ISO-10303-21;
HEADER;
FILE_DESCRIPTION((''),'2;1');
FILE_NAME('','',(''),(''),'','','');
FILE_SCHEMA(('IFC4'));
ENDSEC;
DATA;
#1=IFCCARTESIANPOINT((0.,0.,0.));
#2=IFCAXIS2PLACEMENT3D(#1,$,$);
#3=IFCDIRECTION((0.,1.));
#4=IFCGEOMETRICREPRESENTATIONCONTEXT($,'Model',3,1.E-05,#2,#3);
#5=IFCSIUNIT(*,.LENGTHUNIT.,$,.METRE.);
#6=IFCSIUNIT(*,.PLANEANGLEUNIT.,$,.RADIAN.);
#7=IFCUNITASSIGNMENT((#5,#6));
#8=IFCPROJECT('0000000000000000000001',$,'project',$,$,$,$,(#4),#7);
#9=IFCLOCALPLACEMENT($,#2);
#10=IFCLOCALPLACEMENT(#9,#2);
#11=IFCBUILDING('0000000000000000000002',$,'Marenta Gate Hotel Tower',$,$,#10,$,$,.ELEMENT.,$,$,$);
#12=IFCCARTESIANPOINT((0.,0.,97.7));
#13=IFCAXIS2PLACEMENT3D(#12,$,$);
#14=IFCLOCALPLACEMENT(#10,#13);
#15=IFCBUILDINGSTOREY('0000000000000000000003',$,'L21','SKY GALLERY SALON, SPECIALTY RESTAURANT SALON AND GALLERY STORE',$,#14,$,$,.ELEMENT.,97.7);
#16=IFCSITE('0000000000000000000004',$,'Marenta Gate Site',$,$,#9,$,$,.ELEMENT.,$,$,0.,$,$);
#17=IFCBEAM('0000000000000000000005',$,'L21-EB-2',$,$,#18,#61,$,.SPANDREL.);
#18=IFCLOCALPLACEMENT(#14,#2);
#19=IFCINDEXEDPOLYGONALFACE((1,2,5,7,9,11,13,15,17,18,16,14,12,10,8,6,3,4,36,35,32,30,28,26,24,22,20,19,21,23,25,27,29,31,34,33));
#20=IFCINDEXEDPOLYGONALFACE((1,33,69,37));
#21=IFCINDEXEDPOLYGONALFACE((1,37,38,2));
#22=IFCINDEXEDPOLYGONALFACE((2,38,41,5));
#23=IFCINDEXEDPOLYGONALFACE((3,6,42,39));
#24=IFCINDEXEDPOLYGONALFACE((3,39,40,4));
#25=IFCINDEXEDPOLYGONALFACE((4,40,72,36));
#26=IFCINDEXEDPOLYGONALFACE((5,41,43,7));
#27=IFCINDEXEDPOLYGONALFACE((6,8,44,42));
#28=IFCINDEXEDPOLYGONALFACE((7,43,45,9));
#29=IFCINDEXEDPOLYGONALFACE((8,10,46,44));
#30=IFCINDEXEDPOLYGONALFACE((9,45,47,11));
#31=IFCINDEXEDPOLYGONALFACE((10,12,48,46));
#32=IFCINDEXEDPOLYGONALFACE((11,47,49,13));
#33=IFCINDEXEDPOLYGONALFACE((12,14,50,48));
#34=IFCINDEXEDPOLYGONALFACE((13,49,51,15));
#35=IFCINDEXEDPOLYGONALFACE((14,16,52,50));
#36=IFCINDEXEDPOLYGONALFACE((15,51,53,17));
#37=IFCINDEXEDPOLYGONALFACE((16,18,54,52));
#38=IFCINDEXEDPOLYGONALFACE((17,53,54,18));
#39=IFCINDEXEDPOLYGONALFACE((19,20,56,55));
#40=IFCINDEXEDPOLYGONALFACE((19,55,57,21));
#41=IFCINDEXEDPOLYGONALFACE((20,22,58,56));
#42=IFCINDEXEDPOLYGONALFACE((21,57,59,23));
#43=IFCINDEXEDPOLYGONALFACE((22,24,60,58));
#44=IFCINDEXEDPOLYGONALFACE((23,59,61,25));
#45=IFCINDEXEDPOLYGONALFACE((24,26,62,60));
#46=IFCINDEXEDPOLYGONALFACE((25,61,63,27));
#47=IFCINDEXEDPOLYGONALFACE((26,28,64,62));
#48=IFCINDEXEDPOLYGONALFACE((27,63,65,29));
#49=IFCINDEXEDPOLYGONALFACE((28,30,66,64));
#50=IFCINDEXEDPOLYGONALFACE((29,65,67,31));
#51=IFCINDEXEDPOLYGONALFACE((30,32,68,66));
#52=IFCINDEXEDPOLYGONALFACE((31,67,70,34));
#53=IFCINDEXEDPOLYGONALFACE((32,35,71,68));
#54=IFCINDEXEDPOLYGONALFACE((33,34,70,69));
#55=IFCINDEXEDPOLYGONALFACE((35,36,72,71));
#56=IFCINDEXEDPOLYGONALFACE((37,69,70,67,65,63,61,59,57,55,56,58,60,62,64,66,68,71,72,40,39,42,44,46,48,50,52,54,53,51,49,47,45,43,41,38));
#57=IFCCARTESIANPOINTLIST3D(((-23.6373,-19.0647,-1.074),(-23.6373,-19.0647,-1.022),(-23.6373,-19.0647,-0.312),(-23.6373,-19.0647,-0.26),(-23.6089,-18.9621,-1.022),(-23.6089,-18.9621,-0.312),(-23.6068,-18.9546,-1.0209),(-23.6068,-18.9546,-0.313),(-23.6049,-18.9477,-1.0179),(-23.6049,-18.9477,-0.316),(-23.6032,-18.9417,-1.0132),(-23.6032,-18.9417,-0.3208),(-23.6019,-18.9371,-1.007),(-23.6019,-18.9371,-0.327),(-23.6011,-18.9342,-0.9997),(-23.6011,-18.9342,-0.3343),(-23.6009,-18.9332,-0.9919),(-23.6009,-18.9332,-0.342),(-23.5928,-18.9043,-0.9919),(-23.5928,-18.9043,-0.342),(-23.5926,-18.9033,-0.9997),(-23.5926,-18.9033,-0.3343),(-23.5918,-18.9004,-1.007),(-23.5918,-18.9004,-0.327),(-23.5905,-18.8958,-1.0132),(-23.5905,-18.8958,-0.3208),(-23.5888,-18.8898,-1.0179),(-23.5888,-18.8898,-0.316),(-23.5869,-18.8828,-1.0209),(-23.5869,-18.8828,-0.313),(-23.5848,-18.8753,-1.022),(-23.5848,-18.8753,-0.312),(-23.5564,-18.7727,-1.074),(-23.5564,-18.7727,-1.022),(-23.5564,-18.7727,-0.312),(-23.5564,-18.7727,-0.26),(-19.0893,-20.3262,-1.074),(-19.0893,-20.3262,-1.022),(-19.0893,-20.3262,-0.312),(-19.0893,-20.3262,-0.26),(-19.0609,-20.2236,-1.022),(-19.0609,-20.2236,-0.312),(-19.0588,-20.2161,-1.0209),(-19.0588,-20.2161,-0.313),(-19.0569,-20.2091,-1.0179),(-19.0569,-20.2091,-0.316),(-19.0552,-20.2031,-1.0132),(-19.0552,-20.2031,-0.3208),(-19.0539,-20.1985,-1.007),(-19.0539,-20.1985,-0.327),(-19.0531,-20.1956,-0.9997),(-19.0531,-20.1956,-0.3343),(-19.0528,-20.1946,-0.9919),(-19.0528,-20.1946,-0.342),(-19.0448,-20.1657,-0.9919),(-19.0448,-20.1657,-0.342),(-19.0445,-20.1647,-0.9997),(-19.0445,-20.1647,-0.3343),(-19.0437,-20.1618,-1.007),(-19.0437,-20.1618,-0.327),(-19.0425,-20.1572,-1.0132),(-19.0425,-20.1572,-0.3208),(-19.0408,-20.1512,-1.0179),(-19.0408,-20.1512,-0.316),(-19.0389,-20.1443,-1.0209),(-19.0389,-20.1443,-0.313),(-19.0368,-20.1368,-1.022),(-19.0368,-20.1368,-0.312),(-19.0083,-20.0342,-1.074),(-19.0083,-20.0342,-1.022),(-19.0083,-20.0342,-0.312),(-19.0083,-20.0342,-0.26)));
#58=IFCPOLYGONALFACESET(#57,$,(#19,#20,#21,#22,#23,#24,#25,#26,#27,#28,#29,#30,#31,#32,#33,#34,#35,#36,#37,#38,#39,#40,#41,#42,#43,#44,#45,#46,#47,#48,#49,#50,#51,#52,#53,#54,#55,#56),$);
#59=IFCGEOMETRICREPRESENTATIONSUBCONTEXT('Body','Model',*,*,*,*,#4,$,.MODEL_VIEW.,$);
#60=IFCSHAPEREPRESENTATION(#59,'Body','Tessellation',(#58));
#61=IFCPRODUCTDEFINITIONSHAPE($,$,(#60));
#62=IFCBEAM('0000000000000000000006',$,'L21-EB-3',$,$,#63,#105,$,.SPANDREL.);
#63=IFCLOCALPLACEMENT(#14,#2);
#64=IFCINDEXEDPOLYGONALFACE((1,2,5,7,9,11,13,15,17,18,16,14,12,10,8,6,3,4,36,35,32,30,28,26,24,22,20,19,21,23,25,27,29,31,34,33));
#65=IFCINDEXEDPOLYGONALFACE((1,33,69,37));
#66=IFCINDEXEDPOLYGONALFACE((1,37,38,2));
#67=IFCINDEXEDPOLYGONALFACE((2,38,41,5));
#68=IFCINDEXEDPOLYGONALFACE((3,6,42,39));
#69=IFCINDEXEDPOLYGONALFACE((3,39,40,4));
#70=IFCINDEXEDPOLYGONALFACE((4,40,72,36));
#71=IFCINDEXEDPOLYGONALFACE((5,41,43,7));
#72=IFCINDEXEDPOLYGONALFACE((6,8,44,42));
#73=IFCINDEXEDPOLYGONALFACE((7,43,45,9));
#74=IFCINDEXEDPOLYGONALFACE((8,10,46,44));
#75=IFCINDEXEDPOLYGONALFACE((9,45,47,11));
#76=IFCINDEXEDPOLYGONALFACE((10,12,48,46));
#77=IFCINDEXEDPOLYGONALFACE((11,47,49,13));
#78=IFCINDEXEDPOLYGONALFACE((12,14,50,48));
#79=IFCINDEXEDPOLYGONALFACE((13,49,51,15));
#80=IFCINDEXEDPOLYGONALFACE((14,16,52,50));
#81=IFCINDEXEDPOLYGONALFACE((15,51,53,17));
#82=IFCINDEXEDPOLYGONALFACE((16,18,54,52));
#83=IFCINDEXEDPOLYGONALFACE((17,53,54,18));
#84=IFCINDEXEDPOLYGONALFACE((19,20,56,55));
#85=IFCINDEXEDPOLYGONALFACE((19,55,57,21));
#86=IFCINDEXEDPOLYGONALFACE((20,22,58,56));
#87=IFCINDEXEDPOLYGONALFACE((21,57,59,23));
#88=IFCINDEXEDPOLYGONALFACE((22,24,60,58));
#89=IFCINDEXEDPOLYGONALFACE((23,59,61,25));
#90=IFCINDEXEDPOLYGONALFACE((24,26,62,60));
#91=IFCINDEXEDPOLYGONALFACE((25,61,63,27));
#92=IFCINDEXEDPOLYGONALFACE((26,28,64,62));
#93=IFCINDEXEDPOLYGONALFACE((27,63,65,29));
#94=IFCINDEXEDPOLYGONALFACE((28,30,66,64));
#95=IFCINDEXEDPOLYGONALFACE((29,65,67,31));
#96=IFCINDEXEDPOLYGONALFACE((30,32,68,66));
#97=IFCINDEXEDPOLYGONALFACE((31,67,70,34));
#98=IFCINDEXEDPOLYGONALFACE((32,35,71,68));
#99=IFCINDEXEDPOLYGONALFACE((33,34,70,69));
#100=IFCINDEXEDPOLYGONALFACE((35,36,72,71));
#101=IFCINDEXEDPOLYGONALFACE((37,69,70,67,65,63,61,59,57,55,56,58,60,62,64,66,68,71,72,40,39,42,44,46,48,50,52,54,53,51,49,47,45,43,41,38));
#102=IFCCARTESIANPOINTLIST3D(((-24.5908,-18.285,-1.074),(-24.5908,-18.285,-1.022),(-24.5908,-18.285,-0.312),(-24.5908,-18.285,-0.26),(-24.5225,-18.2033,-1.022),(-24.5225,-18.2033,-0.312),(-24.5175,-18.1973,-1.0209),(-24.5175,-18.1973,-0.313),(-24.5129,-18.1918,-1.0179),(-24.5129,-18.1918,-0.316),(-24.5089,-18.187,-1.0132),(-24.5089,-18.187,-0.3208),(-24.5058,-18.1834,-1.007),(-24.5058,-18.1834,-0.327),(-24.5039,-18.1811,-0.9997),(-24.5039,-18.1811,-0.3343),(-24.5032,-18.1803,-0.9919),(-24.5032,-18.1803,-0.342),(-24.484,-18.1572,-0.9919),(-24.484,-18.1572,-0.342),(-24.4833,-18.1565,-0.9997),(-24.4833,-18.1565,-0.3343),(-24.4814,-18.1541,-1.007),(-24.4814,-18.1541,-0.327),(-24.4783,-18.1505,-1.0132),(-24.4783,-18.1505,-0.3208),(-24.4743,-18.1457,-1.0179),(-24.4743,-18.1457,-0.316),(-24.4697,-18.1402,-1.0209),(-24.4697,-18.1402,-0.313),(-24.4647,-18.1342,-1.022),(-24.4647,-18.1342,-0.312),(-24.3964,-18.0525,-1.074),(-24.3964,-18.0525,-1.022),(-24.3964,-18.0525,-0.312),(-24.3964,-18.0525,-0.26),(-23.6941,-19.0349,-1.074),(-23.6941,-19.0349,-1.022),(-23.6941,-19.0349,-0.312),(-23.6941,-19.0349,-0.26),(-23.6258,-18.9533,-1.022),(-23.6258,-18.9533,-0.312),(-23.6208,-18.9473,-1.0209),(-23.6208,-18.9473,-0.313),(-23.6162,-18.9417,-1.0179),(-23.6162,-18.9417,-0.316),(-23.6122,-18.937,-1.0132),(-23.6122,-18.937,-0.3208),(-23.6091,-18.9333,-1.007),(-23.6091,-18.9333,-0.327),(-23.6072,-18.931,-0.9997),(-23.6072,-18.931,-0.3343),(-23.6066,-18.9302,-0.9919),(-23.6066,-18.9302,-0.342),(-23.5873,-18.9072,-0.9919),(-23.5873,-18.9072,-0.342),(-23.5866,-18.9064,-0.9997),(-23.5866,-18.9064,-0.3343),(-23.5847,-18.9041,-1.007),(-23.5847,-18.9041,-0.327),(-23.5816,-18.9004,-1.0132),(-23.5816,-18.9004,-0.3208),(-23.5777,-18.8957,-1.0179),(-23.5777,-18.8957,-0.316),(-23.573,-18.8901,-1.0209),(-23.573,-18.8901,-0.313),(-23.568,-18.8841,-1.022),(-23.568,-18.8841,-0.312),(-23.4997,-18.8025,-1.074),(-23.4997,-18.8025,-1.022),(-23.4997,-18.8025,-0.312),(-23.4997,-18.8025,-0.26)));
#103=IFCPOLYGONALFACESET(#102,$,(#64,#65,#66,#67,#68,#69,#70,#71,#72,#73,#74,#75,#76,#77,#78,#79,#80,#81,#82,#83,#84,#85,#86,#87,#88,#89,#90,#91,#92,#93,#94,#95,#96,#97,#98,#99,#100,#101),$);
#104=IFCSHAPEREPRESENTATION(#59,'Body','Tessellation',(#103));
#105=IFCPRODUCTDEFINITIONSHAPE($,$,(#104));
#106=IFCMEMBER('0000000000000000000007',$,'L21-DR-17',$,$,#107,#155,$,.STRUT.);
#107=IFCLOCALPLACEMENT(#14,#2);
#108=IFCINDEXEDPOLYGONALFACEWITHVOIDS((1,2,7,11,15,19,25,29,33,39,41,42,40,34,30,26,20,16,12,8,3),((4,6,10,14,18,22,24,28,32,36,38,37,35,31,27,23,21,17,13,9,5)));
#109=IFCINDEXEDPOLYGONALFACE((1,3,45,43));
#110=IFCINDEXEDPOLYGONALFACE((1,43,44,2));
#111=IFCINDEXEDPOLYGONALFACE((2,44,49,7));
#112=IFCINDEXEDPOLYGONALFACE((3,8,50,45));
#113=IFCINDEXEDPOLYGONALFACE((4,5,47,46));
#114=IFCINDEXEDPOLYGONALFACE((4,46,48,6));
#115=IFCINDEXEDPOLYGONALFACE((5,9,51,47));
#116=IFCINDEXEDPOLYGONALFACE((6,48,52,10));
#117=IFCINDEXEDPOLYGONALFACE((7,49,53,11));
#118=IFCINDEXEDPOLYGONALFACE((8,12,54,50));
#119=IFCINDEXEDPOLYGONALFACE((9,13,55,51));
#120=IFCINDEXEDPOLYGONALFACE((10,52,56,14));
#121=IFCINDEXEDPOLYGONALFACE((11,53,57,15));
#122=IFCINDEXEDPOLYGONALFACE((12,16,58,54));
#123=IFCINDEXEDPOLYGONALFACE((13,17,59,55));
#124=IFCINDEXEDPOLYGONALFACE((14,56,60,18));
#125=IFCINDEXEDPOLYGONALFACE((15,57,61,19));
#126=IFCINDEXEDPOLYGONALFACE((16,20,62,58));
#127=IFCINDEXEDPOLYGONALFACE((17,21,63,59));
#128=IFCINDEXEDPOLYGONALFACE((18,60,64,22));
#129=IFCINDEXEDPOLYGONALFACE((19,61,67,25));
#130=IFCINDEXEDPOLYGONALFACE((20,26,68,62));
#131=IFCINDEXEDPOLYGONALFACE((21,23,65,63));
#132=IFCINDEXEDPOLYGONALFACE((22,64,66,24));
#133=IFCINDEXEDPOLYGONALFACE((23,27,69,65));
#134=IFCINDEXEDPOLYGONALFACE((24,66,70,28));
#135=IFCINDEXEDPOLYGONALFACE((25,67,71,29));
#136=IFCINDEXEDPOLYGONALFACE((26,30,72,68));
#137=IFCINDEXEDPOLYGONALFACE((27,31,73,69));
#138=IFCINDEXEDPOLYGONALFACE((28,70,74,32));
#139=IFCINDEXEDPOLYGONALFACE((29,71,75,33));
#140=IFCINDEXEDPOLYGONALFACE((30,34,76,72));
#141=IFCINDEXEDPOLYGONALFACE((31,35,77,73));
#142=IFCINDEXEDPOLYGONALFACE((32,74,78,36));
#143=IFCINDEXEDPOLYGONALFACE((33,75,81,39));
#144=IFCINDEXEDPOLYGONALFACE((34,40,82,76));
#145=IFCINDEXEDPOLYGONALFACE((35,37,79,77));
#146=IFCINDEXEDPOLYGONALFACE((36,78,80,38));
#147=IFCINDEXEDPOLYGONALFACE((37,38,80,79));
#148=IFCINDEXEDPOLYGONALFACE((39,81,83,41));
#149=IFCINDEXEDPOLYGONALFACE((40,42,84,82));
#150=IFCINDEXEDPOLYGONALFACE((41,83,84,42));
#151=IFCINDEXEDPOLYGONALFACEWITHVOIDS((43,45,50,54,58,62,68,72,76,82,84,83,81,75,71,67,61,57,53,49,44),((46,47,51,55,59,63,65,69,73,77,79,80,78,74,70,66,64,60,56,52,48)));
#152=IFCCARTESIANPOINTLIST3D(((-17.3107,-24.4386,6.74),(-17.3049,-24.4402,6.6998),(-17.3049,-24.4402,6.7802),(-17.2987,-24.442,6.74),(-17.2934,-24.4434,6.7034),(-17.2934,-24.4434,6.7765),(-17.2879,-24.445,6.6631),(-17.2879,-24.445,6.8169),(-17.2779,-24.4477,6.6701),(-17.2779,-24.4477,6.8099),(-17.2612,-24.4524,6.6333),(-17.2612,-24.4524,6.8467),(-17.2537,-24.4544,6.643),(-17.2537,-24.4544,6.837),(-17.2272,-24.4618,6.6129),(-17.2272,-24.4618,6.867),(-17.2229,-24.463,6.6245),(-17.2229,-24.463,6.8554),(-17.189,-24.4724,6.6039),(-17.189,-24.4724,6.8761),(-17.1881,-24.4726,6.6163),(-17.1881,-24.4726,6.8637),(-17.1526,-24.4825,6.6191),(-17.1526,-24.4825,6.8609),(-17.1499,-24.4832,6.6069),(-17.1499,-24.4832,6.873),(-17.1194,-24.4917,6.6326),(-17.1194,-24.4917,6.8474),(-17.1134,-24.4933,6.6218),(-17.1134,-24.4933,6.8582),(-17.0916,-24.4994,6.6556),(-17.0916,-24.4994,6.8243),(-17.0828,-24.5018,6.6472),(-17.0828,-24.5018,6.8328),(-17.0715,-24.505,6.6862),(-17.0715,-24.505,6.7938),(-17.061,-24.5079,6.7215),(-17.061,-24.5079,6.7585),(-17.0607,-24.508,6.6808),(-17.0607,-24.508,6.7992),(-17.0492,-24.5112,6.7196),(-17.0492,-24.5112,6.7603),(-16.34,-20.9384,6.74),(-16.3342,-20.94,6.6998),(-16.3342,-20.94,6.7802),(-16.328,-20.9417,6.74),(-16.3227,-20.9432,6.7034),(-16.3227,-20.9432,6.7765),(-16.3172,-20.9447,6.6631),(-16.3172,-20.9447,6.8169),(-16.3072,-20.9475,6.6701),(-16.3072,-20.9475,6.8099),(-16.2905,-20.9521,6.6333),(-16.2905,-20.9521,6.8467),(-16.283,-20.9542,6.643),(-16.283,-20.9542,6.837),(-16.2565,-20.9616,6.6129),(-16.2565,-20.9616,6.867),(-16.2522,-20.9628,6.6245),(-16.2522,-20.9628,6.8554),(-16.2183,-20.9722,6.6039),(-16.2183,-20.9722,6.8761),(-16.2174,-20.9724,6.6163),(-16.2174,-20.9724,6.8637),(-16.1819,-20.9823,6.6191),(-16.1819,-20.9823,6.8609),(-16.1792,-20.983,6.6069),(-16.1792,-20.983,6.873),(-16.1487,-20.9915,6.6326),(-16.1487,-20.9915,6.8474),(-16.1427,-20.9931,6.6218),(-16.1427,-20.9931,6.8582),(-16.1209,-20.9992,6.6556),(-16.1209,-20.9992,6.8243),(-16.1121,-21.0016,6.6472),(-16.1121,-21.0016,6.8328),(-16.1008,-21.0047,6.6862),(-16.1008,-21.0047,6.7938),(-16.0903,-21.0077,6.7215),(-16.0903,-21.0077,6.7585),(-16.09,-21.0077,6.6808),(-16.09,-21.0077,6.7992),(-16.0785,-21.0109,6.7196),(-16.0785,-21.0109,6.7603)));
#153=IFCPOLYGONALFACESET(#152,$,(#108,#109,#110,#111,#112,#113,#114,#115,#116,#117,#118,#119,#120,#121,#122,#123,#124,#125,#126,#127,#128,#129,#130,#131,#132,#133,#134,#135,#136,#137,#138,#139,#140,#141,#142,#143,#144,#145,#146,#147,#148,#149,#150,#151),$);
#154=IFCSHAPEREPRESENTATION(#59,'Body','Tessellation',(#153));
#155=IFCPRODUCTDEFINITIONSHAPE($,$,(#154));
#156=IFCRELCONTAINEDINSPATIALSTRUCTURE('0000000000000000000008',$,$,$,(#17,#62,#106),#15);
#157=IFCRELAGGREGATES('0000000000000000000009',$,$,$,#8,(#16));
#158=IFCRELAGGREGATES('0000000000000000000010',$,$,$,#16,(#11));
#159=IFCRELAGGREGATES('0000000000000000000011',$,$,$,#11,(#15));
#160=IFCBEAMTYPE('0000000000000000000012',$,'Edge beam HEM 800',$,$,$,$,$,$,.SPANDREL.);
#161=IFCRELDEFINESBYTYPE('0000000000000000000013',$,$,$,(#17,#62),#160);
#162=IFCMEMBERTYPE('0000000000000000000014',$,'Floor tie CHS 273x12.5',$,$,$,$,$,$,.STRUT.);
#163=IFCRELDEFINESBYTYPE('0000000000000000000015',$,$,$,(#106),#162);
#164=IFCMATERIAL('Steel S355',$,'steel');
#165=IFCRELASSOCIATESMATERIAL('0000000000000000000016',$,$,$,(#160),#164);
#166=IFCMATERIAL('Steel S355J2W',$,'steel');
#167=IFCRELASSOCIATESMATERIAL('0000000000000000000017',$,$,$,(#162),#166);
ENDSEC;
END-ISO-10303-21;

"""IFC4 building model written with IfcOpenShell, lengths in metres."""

from ifc_helpers import new_model, si_unit, direction, frame, origin, origin_2d, place, context, subcontext, project, spatial, hollow_circle, i_section, extrude, material, material_profile, profile_set, type_object, element, save


model = new_model("IFC4")

# Units and contexts
model_context = context("Model", 3, precision=1e-05, world=origin(), true_north=direction((0.0, 1.0)))
body_context = subcontext(model_context, "Body", "Model", "MODEL_VIEW")
ifc_project = project(units=[si_unit("LENGTHUNIT", "METRE"), si_unit("PLANEANGLEUNIT", "RADIAN")], contexts=[model_context])

# Site, building, storey
site_placement = place(None, origin())
site = spatial("IfcSite", under=ifc_project, at=site_placement, Name="Marenta Gate Site", CompositionType="ELEMENT", RefElevation=0.0)
building_placement = place(site_placement, origin())
building = spatial("IfcBuilding", under=site, at=building_placement, Name="Marenta Gate Hotel Tower", CompositionType="ELEMENT")
storey_placement = place(building_placement, frame((0.0, 0.0, 97.7)))
storey = spatial("IfcBuildingStorey", under=building, at=storey_placement, Name="L21", Description="SKY GALLERY SALON, SPECIALTY RESTAURANT SALON AND GALLERY STORE", CompositionType="ELEMENT", Elevation=97.7)

# Beams
ifc_material_1 = material(Name="Steel S355", Category="steel")
ifc_material_profile_1 = material_profile(ifc_material_1, i_section(OverallWidth=0.303, OverallDepth=0.814, WebThickness=0.03, FlangeThickness=0.052, FilletRadius=0.03, at=origin_2d()), Name="HEM 800")
ifc_profile_set_1 = profile_set([ifc_material_profile_1], Name="Steel S355")
beam_type_1 = type_object("IfcBeamType", Name="Edge beam HEM 800", PredefinedType="SPANDREL", material=ifc_profile_set_1)
beam_1_placement = place(storey_placement, frame((-19.0488, -20.1802, -0.667), z_axis=(-0.963621, 0.267273, 0.0), x_axis=(-0.267273, -0.963621, 0.0)))
element("IfcBeam", 1, at=beam_1_placement, inside=storey, type_object=beam_type_1, Name="L21-EB-2", PredefinedType="SPANDREL", context=body_context, shape_type="SweptSolid", body=[
    extrude(i_section(OverallWidth=0.303, OverallDepth=0.814, WebThickness=0.03, FlangeThickness=0.052, FilletRadius=0.03, at=origin_2d()), origin(), (0.0, 0.0, 1.0), 4.7197),
])
beam_2_placement = place(storey_placement, frame((-23.5969, -18.9187, -0.667), z_axis=(-0.767073, 0.64156, 0.0), x_axis=(-0.64156, -0.767073, 0.0)))
element("IfcBeam", 2, at=beam_2_placement, inside=storey, type_object=beam_type_1, Name="L21-EB-3", PredefinedType="SPANDREL", context=body_context, shape_type="SweptSolid", body=[
    extrude(i_section(OverallWidth=0.303, OverallDepth=0.814, WebThickness=0.03, FlangeThickness=0.052, FilletRadius=0.03, at=origin_2d()), origin(), (0.0, 0.0, 1.0), 1.1689),
])

# Member
ifc_material_2 = material(Name="Steel S355J2W", Category="steel")
ifc_material_profile_2 = material_profile(ifc_material_2, hollow_circle(Radius=0.1365, WallThickness=0.0125, at=origin_2d()), Name="CHS 273x12.5")
ifc_profile_set_2 = profile_set([ifc_material_profile_2], Name="Steel S355J2W")
member_type_1 = type_object("IfcMemberType", Name="Floor tie CHS 273x12.5", PredefinedType="STRUT", material=ifc_profile_set_2)
member_1_placement = place(storey_placement, frame((-17.1792, -24.4751, 6.74), z_axis=(0.267238, 0.96363, 0.0), x_axis=(-0.96363, 0.267238, 0.0)))
element("IfcMember", 3, at=member_1_placement, inside=storey, type_object=member_type_1, Name="L21-DR-17", PredefinedType="STRUT", context=body_context, shape_type="SweptSolid", body=[
    extrude(hollow_circle(Radius=0.1365, WallThickness=0.0125, at=origin_2d()), origin(), (0.0, 0.0, 1.0), 3.6323),
])

save(model, "model.ifc")
